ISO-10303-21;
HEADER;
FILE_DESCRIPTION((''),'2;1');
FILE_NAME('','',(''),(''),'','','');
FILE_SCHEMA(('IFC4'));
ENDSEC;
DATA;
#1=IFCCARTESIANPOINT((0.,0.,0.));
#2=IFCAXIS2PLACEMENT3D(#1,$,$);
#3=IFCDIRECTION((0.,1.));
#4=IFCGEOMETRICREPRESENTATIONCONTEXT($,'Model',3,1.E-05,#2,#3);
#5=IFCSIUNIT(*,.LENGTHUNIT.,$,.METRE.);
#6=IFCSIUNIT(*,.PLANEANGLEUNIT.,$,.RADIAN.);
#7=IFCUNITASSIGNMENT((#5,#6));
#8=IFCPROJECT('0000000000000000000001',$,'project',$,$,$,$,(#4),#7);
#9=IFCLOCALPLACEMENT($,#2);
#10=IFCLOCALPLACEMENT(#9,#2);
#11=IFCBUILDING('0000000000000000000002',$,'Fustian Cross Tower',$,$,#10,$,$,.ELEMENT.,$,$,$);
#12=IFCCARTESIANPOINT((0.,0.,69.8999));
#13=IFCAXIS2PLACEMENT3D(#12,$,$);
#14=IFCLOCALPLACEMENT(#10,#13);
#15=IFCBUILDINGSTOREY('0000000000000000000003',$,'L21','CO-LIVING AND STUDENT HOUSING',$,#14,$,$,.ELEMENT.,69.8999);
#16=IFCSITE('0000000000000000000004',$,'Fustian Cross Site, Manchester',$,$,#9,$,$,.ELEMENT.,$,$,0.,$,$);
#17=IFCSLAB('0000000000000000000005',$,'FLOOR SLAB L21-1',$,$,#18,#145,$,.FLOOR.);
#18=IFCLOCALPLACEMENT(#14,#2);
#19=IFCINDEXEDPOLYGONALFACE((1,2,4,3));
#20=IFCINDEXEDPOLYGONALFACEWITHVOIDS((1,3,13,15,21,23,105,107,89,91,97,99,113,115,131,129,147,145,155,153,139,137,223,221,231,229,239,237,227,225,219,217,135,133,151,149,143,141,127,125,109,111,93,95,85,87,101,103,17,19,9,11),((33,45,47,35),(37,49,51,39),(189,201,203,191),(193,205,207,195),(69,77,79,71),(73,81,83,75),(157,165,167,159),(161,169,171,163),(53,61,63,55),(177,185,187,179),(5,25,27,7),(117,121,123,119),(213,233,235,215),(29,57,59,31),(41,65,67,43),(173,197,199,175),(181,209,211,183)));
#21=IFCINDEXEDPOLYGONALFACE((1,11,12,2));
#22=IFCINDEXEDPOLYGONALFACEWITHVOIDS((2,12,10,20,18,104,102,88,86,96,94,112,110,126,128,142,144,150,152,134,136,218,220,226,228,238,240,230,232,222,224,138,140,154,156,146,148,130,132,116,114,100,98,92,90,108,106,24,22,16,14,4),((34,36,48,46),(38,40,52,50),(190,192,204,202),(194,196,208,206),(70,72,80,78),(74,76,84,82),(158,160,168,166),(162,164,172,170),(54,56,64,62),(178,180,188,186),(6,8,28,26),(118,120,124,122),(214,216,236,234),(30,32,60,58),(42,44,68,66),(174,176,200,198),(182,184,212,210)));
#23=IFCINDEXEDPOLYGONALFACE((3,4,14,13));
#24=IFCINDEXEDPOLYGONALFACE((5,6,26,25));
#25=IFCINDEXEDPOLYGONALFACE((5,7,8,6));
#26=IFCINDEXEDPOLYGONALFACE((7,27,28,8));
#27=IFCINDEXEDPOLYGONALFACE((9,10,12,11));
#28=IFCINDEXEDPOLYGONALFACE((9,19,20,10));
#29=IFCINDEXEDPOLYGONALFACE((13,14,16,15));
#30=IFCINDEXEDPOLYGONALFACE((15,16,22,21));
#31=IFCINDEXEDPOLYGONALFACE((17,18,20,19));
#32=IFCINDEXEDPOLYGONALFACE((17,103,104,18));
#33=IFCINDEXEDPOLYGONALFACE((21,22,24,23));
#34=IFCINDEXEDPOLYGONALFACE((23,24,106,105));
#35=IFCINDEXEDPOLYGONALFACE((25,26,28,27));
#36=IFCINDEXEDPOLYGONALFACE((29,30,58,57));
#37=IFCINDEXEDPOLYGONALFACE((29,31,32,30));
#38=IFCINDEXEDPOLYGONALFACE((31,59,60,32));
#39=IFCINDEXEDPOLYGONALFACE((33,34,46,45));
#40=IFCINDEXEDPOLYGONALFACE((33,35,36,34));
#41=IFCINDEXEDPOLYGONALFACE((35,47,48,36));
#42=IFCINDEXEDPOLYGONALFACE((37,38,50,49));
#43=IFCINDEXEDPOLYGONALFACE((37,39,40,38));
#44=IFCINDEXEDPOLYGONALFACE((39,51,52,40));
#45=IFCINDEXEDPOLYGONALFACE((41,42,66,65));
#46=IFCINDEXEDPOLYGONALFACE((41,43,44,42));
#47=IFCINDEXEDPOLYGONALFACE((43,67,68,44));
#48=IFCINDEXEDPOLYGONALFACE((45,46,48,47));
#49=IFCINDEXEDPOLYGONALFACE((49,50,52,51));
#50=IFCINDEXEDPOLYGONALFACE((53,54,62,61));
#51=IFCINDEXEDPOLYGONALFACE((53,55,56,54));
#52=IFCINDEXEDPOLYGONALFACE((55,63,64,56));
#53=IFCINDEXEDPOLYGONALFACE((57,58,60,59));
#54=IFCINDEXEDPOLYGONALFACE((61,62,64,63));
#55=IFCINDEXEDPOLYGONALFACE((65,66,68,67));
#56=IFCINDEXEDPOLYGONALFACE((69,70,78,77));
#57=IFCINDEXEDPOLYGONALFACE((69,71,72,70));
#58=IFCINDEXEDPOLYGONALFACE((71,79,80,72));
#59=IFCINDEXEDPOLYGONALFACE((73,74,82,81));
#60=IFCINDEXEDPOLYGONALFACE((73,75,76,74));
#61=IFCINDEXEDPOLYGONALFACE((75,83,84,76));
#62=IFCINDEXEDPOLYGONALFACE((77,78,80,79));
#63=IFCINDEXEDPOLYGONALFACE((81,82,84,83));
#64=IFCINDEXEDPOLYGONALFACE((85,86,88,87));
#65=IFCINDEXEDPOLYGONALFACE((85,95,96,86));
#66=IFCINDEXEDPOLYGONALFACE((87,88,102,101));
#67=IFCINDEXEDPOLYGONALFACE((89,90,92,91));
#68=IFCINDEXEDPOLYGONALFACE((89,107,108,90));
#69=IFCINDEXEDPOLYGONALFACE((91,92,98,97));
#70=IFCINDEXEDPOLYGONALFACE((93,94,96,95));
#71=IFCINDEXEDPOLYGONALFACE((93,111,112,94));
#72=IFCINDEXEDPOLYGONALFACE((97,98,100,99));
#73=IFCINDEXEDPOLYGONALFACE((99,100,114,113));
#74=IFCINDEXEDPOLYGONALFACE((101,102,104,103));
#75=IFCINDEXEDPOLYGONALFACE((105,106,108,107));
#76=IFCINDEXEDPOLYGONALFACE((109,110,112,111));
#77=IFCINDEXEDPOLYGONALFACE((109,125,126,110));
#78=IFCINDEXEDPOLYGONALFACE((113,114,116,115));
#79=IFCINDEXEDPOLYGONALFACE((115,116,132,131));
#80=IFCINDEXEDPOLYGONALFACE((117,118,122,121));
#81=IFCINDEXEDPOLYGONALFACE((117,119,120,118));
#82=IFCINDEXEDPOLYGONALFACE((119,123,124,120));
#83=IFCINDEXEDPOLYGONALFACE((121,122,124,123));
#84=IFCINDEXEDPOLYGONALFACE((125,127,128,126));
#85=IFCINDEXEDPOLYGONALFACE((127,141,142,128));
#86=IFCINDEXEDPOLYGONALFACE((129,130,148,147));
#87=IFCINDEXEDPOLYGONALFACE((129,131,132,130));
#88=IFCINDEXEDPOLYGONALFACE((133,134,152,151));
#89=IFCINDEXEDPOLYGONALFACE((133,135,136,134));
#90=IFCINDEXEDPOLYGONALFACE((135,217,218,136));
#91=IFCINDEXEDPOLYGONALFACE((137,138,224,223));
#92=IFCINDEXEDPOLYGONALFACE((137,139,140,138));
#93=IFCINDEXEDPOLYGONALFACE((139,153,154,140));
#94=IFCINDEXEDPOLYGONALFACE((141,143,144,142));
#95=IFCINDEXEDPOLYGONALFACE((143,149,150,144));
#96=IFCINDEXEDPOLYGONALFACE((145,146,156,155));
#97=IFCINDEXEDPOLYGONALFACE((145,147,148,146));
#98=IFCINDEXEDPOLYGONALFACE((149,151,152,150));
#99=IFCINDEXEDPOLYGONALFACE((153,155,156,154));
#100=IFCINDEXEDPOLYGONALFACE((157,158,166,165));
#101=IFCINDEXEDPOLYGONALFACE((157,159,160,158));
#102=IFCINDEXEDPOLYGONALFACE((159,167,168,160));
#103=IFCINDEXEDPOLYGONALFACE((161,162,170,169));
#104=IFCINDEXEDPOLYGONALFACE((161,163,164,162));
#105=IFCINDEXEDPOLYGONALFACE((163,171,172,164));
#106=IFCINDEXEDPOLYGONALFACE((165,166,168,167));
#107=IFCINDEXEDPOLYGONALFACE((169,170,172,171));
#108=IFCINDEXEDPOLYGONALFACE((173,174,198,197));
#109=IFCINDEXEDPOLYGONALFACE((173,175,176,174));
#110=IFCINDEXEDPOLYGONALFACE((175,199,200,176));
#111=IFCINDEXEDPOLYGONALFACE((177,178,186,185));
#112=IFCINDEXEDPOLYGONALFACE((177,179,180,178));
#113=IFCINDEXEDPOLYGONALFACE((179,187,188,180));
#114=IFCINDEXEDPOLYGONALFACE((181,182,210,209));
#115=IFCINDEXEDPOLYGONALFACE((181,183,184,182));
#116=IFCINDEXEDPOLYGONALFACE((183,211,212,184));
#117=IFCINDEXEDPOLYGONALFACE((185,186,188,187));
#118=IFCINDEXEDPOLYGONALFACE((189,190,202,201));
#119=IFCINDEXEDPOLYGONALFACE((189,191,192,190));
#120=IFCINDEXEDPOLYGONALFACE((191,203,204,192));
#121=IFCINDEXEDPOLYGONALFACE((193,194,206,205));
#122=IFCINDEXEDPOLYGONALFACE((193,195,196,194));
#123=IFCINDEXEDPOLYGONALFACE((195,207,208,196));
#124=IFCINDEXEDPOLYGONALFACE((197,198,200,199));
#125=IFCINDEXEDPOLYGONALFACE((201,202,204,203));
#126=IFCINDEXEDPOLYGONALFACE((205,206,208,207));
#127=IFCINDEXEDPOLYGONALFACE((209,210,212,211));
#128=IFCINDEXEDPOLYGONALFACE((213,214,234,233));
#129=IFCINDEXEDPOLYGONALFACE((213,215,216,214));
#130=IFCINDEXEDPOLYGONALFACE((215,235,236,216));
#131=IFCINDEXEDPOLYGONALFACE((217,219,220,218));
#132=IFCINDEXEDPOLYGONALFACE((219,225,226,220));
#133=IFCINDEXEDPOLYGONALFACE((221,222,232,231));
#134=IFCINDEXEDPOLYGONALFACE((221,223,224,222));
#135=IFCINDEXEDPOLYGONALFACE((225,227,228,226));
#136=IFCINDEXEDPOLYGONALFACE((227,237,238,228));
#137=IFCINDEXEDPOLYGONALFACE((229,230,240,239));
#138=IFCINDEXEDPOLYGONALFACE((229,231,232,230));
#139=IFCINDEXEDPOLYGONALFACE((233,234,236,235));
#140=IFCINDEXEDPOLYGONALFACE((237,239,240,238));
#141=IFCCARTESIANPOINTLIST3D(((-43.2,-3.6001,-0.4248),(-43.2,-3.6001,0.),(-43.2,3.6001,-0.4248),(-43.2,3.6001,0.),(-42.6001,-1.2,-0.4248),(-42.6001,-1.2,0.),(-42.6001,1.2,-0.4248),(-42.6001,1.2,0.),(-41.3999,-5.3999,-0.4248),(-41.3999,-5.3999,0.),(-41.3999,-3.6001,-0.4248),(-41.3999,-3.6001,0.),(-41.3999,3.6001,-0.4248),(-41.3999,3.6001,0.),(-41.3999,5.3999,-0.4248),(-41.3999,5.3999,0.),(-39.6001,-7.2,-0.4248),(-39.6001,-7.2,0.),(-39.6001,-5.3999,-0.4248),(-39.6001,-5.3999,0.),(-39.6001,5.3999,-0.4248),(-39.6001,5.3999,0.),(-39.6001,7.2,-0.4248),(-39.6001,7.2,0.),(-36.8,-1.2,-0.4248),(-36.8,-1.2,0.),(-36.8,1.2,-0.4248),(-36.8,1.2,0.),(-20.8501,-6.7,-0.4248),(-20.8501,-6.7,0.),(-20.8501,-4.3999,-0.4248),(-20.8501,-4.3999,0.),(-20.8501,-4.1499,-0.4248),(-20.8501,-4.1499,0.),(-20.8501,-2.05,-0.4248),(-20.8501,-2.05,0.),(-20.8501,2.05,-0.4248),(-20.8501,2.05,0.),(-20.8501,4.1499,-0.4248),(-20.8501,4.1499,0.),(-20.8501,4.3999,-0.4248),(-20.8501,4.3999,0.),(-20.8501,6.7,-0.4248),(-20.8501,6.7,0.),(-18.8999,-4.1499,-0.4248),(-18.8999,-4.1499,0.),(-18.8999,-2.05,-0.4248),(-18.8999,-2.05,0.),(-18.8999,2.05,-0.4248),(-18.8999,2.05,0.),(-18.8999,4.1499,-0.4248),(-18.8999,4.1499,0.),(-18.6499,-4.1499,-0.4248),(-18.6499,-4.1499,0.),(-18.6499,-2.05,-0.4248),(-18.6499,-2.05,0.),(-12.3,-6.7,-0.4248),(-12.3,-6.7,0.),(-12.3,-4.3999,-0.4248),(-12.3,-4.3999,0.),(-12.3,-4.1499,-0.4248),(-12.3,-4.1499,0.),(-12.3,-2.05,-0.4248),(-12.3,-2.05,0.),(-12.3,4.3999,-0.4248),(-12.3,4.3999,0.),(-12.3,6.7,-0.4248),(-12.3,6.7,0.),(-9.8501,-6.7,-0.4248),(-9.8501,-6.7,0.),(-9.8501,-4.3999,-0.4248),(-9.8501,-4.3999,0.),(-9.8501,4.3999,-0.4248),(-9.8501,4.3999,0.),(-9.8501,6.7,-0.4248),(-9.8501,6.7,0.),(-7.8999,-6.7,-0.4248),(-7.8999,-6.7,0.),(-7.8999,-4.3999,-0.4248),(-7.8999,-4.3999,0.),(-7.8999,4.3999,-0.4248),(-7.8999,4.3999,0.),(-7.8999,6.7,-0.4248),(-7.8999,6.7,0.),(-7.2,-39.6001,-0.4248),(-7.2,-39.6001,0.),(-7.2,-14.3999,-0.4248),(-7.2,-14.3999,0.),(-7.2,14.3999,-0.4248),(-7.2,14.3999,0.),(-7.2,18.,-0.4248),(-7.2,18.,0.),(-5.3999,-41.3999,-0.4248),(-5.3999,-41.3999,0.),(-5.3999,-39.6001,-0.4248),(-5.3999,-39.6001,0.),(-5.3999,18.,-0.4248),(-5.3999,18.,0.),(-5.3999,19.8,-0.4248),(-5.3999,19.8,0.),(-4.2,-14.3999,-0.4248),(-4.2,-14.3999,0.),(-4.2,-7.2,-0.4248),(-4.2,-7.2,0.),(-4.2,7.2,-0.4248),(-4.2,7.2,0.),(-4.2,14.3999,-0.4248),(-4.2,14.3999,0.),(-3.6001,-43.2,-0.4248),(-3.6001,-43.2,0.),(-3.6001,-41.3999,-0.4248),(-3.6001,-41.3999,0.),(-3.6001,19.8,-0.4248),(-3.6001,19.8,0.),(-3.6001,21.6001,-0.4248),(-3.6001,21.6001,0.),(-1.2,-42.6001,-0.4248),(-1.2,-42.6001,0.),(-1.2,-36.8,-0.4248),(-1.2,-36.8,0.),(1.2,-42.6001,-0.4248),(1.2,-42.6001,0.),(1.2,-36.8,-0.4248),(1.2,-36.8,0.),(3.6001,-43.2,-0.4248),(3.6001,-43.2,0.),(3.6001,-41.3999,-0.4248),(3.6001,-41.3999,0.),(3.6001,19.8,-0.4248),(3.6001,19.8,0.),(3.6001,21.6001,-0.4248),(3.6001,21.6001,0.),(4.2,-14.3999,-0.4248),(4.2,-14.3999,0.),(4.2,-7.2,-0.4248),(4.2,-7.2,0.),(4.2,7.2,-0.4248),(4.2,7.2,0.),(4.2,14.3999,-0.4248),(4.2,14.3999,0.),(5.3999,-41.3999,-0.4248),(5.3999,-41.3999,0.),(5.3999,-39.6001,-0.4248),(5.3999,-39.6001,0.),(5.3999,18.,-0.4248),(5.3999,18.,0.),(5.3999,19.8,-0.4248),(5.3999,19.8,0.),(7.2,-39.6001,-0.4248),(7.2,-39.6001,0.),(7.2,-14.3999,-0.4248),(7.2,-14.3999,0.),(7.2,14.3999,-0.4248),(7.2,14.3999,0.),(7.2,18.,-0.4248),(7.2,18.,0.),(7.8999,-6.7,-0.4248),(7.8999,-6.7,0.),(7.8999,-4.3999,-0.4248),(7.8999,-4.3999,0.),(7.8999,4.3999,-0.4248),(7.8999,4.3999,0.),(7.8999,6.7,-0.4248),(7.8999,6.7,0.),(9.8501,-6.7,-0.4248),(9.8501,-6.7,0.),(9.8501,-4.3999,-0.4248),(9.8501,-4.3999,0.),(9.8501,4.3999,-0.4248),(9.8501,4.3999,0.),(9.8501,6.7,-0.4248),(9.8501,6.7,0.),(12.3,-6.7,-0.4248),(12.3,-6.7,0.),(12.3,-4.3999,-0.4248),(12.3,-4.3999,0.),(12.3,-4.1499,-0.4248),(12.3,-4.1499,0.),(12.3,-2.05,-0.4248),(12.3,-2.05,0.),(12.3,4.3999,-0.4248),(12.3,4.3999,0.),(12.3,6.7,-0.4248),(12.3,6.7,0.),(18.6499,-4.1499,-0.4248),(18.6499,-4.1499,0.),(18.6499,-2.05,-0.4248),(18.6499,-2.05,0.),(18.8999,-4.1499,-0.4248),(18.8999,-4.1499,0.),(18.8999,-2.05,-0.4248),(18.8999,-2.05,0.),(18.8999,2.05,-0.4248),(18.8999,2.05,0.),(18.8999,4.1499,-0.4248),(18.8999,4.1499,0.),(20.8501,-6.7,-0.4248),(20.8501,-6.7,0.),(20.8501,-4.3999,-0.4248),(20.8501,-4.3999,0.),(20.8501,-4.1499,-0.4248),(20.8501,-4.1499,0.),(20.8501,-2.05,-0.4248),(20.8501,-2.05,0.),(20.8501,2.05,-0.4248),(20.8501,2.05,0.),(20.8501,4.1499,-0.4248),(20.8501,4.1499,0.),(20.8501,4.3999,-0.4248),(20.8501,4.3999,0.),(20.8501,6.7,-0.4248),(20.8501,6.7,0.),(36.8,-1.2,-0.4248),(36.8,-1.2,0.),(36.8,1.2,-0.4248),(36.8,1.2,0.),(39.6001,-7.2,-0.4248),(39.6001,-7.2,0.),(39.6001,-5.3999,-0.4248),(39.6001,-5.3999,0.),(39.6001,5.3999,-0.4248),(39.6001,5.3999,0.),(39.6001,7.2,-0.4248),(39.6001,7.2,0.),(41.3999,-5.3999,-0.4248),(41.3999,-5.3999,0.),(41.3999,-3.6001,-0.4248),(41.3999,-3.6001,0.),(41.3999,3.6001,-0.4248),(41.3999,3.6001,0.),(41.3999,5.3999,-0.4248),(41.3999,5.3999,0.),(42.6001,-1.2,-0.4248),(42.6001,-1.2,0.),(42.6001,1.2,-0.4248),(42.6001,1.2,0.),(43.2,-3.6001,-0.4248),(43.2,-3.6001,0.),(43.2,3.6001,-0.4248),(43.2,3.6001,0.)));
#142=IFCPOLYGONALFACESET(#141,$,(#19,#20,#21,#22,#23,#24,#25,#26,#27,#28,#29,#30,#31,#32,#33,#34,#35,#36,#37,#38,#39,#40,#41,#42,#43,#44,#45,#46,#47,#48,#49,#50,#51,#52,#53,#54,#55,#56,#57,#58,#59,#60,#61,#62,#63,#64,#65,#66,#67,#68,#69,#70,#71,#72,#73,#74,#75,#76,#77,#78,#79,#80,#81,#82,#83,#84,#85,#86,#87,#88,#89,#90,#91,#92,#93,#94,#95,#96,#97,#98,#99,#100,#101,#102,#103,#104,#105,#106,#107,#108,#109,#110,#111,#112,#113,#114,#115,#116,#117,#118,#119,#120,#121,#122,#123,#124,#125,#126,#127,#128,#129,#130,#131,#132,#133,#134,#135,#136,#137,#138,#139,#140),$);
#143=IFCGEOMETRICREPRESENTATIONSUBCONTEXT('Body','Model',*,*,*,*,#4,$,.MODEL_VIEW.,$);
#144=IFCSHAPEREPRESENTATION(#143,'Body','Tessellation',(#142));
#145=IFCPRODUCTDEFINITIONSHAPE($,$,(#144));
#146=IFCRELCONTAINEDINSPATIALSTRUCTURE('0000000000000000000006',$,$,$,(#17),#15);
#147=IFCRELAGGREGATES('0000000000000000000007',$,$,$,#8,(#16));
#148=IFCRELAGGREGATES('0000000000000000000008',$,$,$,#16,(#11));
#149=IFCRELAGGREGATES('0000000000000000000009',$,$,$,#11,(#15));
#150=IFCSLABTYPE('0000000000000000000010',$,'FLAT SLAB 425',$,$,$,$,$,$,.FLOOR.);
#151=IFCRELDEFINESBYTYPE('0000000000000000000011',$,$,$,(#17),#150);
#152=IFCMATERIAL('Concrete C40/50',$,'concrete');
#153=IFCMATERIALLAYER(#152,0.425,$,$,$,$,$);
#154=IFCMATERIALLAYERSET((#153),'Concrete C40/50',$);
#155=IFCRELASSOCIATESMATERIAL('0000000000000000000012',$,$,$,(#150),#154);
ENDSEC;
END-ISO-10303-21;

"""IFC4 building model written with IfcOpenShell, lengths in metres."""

from ifc_helpers import new_model, si_unit, direction, frame, origin, place, context, subcontext, project, spatial, polyline, outline, extrude, material, layer, layer_set, type_object, element, save


model = new_model("IFC4")

# Units and contexts
model_context = context("Model", 3, precision=1e-05, world=origin(), true_north=direction((0.0, 1.0)))
body_context = subcontext(model_context, "Body", "Model", "MODEL_VIEW")
ifc_project = project(units=[si_unit("LENGTHUNIT", "METRE"), si_unit("PLANEANGLEUNIT", "RADIAN")], contexts=[model_context])

# Site, building, storey
site_placement = place(None, origin())
site = spatial("IfcSite", under=ifc_project, at=site_placement, Name="Fustian Cross Site, Manchester", CompositionType="ELEMENT", RefElevation=0.0)
building_placement = place(site_placement, origin())
building = spatial("IfcBuilding", under=site, at=building_placement, Name="Fustian Cross Tower", CompositionType="ELEMENT")
storey_placement = place(building_placement, frame((0.0, 0.0, 69.8999)))
storey = spatial("IfcBuildingStorey", under=building, at=storey_placement, Name="L21", Description="CO-LIVING AND STUDENT HOUSING", CompositionType="ELEMENT", Elevation=69.8999)

# Slab
ifc_material_1 = material(Name="Concrete C40/50", Category="concrete")
ifc_layer_1 = layer(ifc_material_1, 0.425)
ifc_layer_set_1 = layer_set([ifc_layer_1], Name="Concrete C40/50")
slab_type_1 = type_object("IfcSlabType", Name="FLAT SLAB 425", PredefinedType="FLOOR", material=ifc_layer_set_1)
slab_1_placement = place(storey_placement, frame((0.0, 0.0, -0.4248)))
element("IfcSlab", 1, at=slab_1_placement, inside=storey, type_object=slab_type_1, Name="FLOOR SLAB L21-1", PredefinedType="FLOOR", context=body_context, shape_type="SweptSolid", body=[
    extrude(outline(polyline([(-4.2, -7.2), (-39.6001, -7.2), (-39.6001, -5.3999), (-41.3999, -5.3999), (-41.3999, -3.6001), (-43.2, -3.6001), (-43.2, 3.6001), (-41.3999, 3.6001), (-41.3999, 5.3999), (-39.6001, 5.3999), (-39.6001, 7.2), (-4.2, 7.2), (-4.2, 14.3999), (-7.2, 14.3999), (-7.2, 18.0), (-5.3999, 18.0), (-5.3999, 19.8), (-3.6001, 19.8), (-3.6001, 21.6001), (3.6001, 21.6001), (3.6001, 19.8), (5.3999, 19.8), (5.3999, 18.0), (7.2, 18.0), (7.2, 14.3999), (4.2, 14.3999), (4.2, 7.2), (39.6001, 7.2), (39.6001, 5.3999), (41.3999, 5.3999), (41.3999, 3.6001), (43.2, 3.6001), (43.2, -3.6001), (41.3999, -3.6001), (41.3999, -5.3999), (39.6001, -5.3999), (39.6001, -7.2), (4.2, -7.2), (4.2, -14.3999), (7.2, -14.3999), (7.2, -39.6001), (5.3999, -39.6001), (5.3999, -41.3999), (3.6001, -41.3999), (3.6001, -43.2), (-3.6001, -43.2), (-3.6001, -41.3999), (-5.3999, -41.3999), (-5.3999, -39.6001), (-7.2, -39.6001), (-7.2, -14.3999), (-4.2, -14.3999), (-4.2, -7.2)]), holes=[polyline([(20.8501, -2.05), (18.8999, -2.05), (18.8999, -4.1499), (20.8501, -4.1499), (20.8501, -2.05)]), polyline([(20.8501, 2.05), (20.8501, 4.1499), (18.8999, 4.1499), (18.8999, 2.05), (20.8501, 2.05)]), polyline([(7.8999, 4.3999), (9.8501, 4.3999), (9.8501, 6.7), (7.8999, 6.7), (7.8999, 4.3999)]), polyline([(7.8999, -4.3999), (7.8999, -6.7), (9.8501, -6.7), (9.8501, -4.3999), (7.8999, -4.3999)]), polyline([(-18.8999, -2.05), (-20.8501, -2.05), (-20.8501, -4.1499), (-18.8999, -4.1499), (-18.8999, -2.05)]), polyline([(-18.8999, 2.05), (-18.8999, 4.1499), (-20.8501, 4.1499), (-20.8501, 2.05), (-18.8999, 2.05)]), polyline([(-9.8501, 4.3999), (-7.8999, 4.3999), (-7.8999, 6.7), (-9.8501, 6.7), (-9.8501, 4.3999)]), polyline([(-9.8501, -4.3999), (-9.8501, -6.7), (-7.8999, -6.7), (-7.8999, -4.3999), (-9.8501, -4.3999)]), polyline([(18.6499, -2.05), (12.3, -2.05), (12.3, -4.1499), (18.6499, -4.1499), (18.6499, -2.05)]), polyline([(-12.3, -4.1499), (-12.3, -2.05), (-18.6499, -2.05), (-18.6499, -4.1499), (-12.3, -4.1499)]), polyline([(12.3, 4.3999), (20.8501, 4.3999), (20.8501, 6.7), (12.3, 6.7), (12.3, 4.3999)]), polyline([(12.3, -4.3999), (12.3, -6.7), (20.8501, -6.7), (20.8501, -4.3999), (12.3, -4.3999)]), polyline([(-12.3, 6.7), (-20.8501, 6.7), (-20.8501, 4.3999), (-12.3, 4.3999), (-12.3, 6.7)]), polyline([(-12.3, -6.7), (-12.3, -4.3999), (-20.8501, -4.3999), (-20.8501, -6.7), (-12.3, -6.7)]), polyline([(-1.2, -42.6001), (1.2, -42.6001), (1.2, -36.8), (-1.2, -36.8), (-1.2, -42.6001)]), polyline([(36.8, 1.2), (36.8, -1.2), (42.6001, -1.2), (42.6001, 1.2), (36.8, 1.2)]), polyline([(-36.8, 1.2), (-42.6001, 1.2), (-42.6001, -1.2), (-36.8, -1.2), (-36.8, 1.2)])]), origin(), (0.0, 0.0, 1.0), 0.4248),
])

save(model, "model.ifc")
